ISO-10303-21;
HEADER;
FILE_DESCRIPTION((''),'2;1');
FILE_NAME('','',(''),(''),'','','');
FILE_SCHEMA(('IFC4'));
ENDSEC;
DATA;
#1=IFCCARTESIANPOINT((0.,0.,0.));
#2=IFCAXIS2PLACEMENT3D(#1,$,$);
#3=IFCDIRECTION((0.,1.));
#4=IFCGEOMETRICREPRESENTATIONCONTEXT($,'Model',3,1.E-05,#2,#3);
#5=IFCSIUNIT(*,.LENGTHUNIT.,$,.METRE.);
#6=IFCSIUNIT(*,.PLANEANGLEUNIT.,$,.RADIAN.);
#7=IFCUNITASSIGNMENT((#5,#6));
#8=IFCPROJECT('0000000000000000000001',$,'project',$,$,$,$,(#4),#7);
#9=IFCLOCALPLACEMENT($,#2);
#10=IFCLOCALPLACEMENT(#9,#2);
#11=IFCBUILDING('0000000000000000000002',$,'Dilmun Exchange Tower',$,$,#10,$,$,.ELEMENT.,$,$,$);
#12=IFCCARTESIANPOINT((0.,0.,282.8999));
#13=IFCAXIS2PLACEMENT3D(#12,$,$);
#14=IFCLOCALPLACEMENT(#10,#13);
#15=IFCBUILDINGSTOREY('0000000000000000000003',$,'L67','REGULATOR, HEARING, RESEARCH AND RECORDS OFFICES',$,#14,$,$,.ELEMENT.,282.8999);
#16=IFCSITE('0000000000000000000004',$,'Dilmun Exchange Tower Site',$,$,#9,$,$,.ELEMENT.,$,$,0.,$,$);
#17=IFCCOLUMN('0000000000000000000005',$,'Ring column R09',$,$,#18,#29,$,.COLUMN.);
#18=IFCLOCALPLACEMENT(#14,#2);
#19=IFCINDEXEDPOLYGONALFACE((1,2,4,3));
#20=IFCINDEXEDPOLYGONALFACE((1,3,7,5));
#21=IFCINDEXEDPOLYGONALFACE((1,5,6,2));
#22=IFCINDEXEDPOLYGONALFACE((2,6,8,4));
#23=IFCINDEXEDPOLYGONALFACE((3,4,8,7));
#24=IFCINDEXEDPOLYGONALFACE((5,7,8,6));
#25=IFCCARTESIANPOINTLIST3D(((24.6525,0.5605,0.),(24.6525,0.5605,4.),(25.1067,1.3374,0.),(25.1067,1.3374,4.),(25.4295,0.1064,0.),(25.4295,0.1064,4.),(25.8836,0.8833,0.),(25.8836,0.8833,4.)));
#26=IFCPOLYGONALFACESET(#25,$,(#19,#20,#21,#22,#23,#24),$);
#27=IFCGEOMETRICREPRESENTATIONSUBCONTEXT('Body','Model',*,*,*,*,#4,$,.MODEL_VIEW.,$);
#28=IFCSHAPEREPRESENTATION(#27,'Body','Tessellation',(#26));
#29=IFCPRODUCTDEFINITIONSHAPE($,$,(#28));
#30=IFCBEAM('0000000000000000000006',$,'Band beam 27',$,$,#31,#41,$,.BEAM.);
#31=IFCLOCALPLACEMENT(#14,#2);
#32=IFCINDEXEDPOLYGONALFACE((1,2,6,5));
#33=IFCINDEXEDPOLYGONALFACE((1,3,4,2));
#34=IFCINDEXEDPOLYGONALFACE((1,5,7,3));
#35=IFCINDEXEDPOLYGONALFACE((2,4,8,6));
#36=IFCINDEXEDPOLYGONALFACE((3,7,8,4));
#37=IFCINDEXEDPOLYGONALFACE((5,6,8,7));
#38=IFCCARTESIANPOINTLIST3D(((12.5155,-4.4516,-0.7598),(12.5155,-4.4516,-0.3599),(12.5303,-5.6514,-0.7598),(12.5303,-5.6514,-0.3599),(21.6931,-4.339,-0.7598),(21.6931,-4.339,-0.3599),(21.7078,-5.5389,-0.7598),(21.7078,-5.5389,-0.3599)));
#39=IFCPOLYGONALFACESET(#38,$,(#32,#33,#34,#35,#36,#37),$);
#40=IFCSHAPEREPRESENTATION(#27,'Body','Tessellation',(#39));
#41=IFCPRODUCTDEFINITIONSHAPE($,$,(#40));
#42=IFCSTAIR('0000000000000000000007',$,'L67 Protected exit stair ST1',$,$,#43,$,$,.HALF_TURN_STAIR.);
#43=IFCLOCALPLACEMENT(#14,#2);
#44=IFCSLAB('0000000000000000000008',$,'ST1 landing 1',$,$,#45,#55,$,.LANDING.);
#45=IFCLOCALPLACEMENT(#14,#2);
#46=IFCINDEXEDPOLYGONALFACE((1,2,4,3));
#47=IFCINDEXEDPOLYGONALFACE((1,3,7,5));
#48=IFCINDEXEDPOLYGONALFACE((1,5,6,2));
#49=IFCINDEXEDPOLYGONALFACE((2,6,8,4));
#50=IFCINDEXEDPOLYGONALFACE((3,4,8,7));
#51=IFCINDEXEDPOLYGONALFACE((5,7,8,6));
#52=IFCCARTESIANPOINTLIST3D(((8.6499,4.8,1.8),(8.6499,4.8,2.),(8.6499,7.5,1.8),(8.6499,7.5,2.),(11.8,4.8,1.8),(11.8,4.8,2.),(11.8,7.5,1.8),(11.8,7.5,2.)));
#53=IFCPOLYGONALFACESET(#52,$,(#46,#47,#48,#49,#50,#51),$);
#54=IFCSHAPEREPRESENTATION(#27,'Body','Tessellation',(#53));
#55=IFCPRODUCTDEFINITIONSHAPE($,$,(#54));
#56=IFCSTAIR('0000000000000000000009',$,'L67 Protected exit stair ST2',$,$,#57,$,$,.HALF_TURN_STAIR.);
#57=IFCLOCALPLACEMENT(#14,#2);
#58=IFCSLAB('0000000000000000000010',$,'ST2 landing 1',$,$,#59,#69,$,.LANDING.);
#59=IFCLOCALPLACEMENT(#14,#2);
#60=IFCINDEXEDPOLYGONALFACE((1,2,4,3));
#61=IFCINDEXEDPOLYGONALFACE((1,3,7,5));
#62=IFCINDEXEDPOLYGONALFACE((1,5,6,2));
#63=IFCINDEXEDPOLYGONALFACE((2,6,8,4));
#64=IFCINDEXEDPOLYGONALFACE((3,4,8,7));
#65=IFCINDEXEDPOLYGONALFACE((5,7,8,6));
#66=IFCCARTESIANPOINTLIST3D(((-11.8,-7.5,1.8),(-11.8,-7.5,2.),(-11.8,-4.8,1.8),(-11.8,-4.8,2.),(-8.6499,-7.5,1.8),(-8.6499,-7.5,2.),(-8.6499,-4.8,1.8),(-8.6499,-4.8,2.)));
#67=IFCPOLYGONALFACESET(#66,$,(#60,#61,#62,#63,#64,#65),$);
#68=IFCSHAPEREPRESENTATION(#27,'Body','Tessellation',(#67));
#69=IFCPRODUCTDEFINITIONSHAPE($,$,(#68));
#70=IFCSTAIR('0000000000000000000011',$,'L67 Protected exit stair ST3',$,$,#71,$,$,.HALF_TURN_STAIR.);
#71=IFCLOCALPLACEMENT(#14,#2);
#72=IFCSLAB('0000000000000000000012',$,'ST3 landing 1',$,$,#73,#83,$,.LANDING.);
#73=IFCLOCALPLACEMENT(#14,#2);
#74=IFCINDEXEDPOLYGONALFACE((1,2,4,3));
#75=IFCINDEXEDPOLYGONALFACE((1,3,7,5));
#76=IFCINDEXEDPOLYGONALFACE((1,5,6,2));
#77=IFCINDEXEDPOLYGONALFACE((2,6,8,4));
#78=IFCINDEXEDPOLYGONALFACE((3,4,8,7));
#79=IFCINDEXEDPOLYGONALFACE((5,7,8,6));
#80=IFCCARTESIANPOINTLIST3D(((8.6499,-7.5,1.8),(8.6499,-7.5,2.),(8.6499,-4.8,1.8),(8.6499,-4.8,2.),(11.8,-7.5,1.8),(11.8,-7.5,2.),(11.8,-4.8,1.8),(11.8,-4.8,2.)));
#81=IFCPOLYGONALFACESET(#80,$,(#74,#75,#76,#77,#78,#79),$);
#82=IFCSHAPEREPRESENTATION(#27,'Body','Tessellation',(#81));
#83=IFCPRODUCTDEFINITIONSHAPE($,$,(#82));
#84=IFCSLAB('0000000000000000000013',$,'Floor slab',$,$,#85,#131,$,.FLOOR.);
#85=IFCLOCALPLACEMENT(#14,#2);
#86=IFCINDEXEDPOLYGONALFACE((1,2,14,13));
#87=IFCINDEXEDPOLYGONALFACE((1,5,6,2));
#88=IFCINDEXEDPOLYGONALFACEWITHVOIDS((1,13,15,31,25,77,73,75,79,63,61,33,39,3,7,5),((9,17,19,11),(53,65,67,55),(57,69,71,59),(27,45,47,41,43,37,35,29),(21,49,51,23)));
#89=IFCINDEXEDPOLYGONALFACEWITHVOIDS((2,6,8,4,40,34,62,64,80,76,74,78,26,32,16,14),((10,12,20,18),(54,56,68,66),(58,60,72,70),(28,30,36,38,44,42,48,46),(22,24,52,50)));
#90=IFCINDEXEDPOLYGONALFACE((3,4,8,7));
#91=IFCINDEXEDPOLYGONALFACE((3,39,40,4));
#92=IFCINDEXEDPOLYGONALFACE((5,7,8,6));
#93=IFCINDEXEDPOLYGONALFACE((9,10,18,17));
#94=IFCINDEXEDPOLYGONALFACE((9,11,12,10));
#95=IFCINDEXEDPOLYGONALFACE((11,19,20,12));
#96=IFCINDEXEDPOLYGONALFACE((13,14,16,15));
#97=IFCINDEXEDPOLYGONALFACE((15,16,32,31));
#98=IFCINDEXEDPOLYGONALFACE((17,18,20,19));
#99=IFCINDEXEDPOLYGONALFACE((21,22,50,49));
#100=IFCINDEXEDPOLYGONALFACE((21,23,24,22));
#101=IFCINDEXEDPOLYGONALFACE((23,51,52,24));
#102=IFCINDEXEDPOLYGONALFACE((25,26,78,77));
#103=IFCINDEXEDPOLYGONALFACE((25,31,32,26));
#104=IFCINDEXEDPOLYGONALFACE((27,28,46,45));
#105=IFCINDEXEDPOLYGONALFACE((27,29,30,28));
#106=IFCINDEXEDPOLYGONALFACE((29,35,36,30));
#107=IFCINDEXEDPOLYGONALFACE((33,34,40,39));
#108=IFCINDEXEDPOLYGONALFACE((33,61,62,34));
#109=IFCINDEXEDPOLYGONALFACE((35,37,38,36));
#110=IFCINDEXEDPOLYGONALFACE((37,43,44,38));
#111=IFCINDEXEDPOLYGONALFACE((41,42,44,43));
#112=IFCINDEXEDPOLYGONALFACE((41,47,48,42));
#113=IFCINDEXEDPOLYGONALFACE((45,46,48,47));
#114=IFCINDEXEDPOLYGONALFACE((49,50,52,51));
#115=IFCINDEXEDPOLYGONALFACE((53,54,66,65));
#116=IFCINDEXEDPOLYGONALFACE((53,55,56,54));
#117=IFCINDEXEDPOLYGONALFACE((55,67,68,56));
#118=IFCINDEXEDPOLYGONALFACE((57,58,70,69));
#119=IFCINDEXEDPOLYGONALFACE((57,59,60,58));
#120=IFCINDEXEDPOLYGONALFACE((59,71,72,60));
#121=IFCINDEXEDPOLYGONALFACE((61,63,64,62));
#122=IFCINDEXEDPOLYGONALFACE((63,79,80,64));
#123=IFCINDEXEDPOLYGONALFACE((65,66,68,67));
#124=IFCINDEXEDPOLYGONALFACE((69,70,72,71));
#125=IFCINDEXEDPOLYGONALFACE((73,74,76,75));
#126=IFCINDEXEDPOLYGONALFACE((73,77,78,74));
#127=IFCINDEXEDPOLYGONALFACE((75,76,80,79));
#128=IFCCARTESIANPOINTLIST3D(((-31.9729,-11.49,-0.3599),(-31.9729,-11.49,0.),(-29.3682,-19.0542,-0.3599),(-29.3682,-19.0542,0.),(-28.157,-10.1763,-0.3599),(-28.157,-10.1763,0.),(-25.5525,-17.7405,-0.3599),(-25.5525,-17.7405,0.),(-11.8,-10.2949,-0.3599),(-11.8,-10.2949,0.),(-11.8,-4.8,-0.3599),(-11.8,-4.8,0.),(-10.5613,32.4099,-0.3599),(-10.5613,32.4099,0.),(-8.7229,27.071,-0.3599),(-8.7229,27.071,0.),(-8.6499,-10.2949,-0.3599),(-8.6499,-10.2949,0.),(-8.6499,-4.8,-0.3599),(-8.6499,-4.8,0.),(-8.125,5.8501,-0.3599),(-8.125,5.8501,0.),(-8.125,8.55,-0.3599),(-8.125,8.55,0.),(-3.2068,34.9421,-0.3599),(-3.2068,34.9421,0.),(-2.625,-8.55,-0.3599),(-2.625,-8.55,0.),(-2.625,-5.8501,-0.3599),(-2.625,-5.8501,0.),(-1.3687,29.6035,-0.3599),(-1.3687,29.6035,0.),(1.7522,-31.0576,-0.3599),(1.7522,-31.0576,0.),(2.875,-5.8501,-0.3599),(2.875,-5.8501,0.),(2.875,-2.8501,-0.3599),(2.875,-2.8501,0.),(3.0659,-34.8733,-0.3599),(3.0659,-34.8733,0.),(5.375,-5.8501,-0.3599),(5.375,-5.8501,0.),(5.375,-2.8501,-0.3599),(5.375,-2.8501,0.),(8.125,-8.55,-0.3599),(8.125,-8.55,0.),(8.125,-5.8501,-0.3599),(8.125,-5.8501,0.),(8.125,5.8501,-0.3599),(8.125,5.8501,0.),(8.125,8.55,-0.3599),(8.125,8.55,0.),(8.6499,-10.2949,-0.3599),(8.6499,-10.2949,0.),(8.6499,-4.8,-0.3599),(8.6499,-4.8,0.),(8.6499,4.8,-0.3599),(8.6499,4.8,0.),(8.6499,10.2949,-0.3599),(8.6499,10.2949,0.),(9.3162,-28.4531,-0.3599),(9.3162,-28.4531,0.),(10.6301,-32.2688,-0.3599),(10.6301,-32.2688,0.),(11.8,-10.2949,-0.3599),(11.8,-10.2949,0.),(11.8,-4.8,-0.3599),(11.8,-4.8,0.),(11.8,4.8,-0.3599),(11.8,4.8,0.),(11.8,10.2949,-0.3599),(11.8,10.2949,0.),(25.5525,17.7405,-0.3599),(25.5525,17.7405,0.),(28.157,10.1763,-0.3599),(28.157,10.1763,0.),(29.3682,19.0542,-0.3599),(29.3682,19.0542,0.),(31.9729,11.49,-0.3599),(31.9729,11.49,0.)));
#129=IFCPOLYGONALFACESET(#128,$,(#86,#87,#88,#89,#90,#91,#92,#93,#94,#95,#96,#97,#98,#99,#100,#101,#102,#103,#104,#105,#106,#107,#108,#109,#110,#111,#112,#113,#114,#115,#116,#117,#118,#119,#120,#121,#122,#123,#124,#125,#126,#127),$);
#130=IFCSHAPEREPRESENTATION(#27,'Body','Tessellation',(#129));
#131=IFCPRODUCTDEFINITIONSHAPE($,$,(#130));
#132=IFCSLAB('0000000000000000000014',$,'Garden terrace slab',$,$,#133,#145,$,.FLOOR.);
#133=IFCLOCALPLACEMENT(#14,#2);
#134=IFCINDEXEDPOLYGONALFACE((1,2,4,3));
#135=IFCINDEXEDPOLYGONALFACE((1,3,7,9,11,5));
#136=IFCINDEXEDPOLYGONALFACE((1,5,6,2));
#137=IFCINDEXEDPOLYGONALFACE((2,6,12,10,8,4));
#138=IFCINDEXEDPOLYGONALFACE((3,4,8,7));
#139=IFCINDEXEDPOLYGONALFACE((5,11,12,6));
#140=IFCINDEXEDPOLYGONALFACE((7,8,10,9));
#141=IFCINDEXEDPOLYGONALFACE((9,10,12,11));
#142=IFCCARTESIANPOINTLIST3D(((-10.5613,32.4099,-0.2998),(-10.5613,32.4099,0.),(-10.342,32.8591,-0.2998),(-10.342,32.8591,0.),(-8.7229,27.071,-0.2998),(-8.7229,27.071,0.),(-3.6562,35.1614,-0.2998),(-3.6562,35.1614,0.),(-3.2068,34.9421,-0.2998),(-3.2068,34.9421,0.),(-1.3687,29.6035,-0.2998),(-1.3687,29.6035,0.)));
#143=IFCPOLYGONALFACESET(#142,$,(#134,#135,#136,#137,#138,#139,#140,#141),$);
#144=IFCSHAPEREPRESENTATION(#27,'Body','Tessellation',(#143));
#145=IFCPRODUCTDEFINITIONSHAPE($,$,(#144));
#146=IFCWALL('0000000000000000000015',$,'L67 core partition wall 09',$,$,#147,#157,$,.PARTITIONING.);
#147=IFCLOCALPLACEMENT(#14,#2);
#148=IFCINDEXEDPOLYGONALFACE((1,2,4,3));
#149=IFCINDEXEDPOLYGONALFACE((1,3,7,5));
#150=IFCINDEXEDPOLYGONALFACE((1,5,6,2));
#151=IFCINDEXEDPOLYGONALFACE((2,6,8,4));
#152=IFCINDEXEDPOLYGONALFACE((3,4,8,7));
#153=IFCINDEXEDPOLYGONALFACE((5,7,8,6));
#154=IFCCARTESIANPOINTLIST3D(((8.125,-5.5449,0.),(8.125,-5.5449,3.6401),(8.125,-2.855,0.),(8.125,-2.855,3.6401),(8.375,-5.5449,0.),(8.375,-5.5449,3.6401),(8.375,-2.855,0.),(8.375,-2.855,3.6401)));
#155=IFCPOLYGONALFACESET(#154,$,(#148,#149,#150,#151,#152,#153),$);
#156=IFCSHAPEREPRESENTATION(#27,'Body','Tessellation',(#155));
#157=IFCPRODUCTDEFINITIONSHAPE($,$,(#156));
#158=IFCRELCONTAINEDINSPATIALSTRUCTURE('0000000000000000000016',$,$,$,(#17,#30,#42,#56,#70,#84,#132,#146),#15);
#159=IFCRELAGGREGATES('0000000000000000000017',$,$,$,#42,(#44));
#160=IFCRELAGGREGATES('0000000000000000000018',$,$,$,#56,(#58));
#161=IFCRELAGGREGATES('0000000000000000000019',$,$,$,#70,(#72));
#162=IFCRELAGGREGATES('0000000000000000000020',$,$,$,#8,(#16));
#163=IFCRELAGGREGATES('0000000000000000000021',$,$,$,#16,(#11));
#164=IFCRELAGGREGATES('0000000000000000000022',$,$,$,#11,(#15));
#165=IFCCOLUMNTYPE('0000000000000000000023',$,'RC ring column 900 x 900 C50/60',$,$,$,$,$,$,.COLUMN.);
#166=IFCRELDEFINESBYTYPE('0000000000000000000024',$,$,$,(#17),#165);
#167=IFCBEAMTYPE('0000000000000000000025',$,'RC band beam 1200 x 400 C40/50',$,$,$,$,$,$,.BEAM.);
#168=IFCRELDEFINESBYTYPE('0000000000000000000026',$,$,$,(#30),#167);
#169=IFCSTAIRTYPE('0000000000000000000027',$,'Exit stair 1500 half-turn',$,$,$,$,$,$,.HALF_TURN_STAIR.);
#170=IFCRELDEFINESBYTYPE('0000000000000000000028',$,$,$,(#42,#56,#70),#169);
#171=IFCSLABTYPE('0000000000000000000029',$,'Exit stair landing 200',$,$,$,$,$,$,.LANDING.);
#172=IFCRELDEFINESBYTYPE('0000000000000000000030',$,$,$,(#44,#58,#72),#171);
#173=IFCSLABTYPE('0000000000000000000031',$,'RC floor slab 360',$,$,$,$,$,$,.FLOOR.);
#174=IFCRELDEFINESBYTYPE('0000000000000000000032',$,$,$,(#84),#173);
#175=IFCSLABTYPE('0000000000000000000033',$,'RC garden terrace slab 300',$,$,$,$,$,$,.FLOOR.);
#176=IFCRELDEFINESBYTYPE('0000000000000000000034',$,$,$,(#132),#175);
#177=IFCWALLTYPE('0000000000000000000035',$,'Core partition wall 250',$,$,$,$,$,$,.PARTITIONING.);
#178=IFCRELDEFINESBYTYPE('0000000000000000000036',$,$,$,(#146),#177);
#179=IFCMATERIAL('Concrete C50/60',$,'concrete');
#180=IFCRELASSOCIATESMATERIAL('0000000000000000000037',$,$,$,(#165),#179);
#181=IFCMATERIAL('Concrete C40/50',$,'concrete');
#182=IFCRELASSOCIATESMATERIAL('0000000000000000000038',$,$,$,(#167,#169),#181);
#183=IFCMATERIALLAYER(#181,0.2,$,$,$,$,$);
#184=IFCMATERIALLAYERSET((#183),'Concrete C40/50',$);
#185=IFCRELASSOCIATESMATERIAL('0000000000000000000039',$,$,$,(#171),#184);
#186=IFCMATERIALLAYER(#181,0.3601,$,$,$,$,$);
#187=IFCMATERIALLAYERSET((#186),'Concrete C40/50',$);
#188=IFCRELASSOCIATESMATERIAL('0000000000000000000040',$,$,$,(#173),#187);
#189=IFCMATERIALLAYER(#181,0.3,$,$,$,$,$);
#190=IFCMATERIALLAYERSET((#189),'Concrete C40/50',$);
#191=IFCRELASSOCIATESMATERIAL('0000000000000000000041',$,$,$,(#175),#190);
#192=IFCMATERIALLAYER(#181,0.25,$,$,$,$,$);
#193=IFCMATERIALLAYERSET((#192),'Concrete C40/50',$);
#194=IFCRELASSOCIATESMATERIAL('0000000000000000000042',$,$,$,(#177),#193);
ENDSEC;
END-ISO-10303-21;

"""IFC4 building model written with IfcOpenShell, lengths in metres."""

from ifc_helpers import new_model, si_unit, direction, frame, frame_2d, origin, origin_2d, place, context, subcontext, project, spatial, polyline, rectangle, outline, extrude, material, layer, layer_set, material_profile, profile_set, type_object, element, aggregate, save


model = new_model("IFC4")

# Units and contexts
model_context = context("Model", 3, precision=1e-05, world=origin(), true_north=direction((0.0, 1.0)))
body_context = subcontext(model_context, "Body", "Model", "MODEL_VIEW")
ifc_project = project(units=[si_unit("LENGTHUNIT", "METRE"), si_unit("PLANEANGLEUNIT", "RADIAN")], contexts=[model_context])

# Site, building, storey
site_placement = place(None, origin())
site = spatial("IfcSite", under=ifc_project, at=site_placement, Name="Dilmun Exchange Tower Site", CompositionType="ELEMENT", RefElevation=0.0)
building_placement = place(site_placement, origin())
building = spatial("IfcBuilding", under=site, at=building_placement, Name="Dilmun Exchange Tower", CompositionType="ELEMENT")
storey_placement = place(building_placement, frame((0.0, 0.0, 282.8999)))
storey = spatial("IfcBuildingStorey", under=building, at=storey_placement, Name="L67", Description="REGULATOR, HEARING, RESEARCH AND RECORDS OFFICES", CompositionType="ELEMENT", Elevation=282.8999)

# Column
ifc_material_1 = material(Name="Concrete C50/60", Category="concrete")
ifc_material_profile_1 = material_profile(ifc_material_1, rectangle(XDim=0.8999, YDim=0.8999, at=origin_2d()), Name="900 x 900")
ifc_profile_set_1 = profile_set([ifc_material_profile_1], Name="Concrete C50/60")
column_type = type_object("IfcColumnType", Name="RC ring column 900 x 900 C50/60", PredefinedType="COLUMN", material=ifc_profile_set_1)
column_placement = place(storey_placement, frame((25.2681, 0.7219, 0.0), z_axis=(0.0, 0.0, 1.0), x_axis=(0.504644, 0.863328, 0.0)))
element("IfcColumn", 1, at=column_placement, inside=storey, type_object=column_type, Name="Ring column R09", PredefinedType="COLUMN", context=body_context, shape_type="SweptSolid", body=[
    extrude(rectangle(XDim=0.8999, YDim=0.8999, at=origin_2d()), origin(), (0.0, 0.0, 1.0), 4.0),
])

# Beam
ifc_material_2 = material(Name="Concrete C40/50", Category="concrete")
ifc_material_profile_2 = material_profile(ifc_material_2, rectangle(XDim=1.2, YDim=0.3999, at=origin_2d()), Name="1200 x 400")
ifc_profile_set_2 = profile_set([ifc_material_profile_2], Name="Concrete C40/50")
beam_type = type_object("IfcBeamType", Name="RC band beam 1200 x 400 C40/50", PredefinedType="BEAM", material=ifc_profile_set_2)
beam_placement = place(storey_placement, frame((21.7004, -4.939, -0.5598), z_axis=(-0.999925, -0.012263, 0.0), x_axis=(0.012263, -0.999925, 0.0)))
element("IfcBeam", 2, at=beam_placement, inside=storey, type_object=beam_type, Name="Band beam 27", PredefinedType="BEAM", context=body_context, shape_type="SweptSolid", body=[
    extrude(rectangle(XDim=1.2, YDim=0.3999, at=origin_2d()), origin(), (0.0, 0.0, 1.0), 9.1782),
])

# Stairs, slabs
stair_type = type_object("IfcStairType", Name="Exit stair 1500 half-turn", PredefinedType="HALF_TURN_STAIR", material=ifc_material_2)
stair_1_placement = place(storey_placement, origin())
stair_1 = element("IfcStair", 3, at=stair_1_placement, inside=storey, type_object=stair_type, Name="L67 Protected exit stair ST1", PredefinedType="HALF_TURN_STAIR")
ifc_layer_1 = layer(ifc_material_2, 0.2)
ifc_layer_set_1 = layer_set([ifc_layer_1], Name="Concrete C40/50")
slab_type_1 = type_object("IfcSlabType", Name="Exit stair landing 200", PredefinedType="LANDING", material=ifc_layer_set_1)
slab_1_placement = place(storey_placement, frame((0.0, 0.0, 1.8)))
slab_1 = element("IfcSlab", 4, at=slab_1_placement, type_object=slab_type_1, Name="ST1 landing 1", PredefinedType="LANDING", context=body_context, shape_type="SweptSolid", body=[
    extrude(outline(polyline([(8.6499, 7.5), (8.6499, 4.8), (11.8, 4.8), (11.8, 7.5), (8.6499, 7.5)])), origin(), (0.0, 0.0, 1.0), 0.2),
])
aggregate(stair_1, [slab_1])
stair_2_placement = place(storey_placement, origin())
stair_2 = element("IfcStair", 5, at=stair_2_placement, inside=storey, type_object=stair_type, Name="L67 Protected exit stair ST2", PredefinedType="HALF_TURN_STAIR")
slab_2_placement = place(storey_placement, frame((0.0, 0.0, 1.8)))
slab_2 = element("IfcSlab", 6, at=slab_2_placement, type_object=slab_type_1, Name="ST2 landing 1", PredefinedType="LANDING", context=body_context, shape_type="SweptSolid", body=[
    extrude(outline(polyline([(-8.6499, -7.5), (-8.6499, -4.8), (-11.8, -4.8), (-11.8, -7.5), (-8.6499, -7.5)])), origin(), (0.0, 0.0, 1.0), 0.2),
])
aggregate(stair_2, [slab_2])
stair_3_placement = place(storey_placement, origin())
stair_3 = element("IfcStair", 7, at=stair_3_placement, inside=storey, type_object=stair_type, Name="L67 Protected exit stair ST3", PredefinedType="HALF_TURN_STAIR")
slab_3_placement = place(storey_placement, frame((0.0, 0.0, 1.8)))
slab_3 = element("IfcSlab", 8, at=slab_3_placement, type_object=slab_type_1, Name="ST3 landing 1", PredefinedType="LANDING", context=body_context, shape_type="SweptSolid", body=[
    extrude(outline(polyline([(11.8, -7.5), (11.8, -4.8), (8.6499, -4.8), (8.6499, -7.5), (11.8, -7.5)])), origin(), (0.0, 0.0, 1.0), 0.2),
])
aggregate(stair_3, [slab_3])

# Slabs
ifc_layer_2 = layer(ifc_material_2, 0.3601)
ifc_layer_set_2 = layer_set([ifc_layer_2], Name="Concrete C40/50")
slab_type_2 = type_object("IfcSlabType", Name="RC floor slab 360", PredefinedType="FLOOR", material=ifc_layer_set_2)
slab_4_placement = place(storey_placement, frame((0.0, 0.0, -0.3599)))
element("IfcSlab", 9, at=slab_4_placement, inside=storey, type_object=slab_type_2, Name="Floor slab", PredefinedType="FLOOR", context=body_context, shape_type="SweptSolid", body=[
    extrude(outline(polyline([(25.5525, 17.7405), (28.157, 10.1763), (31.9729, 11.49), (10.6301, -32.2688), (9.3162, -28.4531), (1.7522, -31.0576), (3.0659, -34.8733), (-29.3682, -19.0542), (-25.5525, -17.7405), (-28.157, -10.1763), (-31.9729, -11.49), (-10.5613, 32.4099), (-8.7229, 27.071), (-1.3687, 29.6035), (-3.2068, 34.9421), (29.3682, 19.0542), (25.5525, 17.7405)]), holes=[polyline([(-8.6499, -4.8), (-11.8, -4.8), (-11.8, -10.2949), (-8.6499, -10.2949), (-8.6499, -4.8)]), polyline([(11.8, -4.8), (8.6499, -4.8), (8.6499, -10.2949), (11.8, -10.2949), (11.8, -4.8)]), polyline([(2.875, -5.8501), (-2.625, -5.8501), (-2.625, -8.55), (8.125, -8.55), (8.125, -5.8501), (5.375, -5.8501), (5.375, -2.8501), (2.875, -2.8501), (2.875, -5.8501)]), polyline([(8.125, 5.8501), (8.125, 8.55), (-8.125, 8.55), (-8.125, 5.8501), (8.125, 5.8501)]), polyline([(8.6499, 10.2949), (8.6499, 4.8), (11.8, 4.8), (11.8, 10.2949), (8.6499, 10.2949)])]), origin(), (0.0, 0.0, 1.0), 0.3599),
])
ifc_layer_3 = layer(ifc_material_2, 0.3)
ifc_layer_set_3 = layer_set([ifc_layer_3], Name="Concrete C40/50")
slab_type_3 = type_object("IfcSlabType", Name="RC garden terrace slab 300", PredefinedType="FLOOR", material=ifc_layer_set_3)
slab_5_placement = place(storey_placement, frame((0.0, 0.0, -0.2998)))
element("IfcSlab", 10, at=slab_5_placement, inside=storey, type_object=slab_type_3, Name="Garden terrace slab", PredefinedType="FLOOR", context=body_context, shape_type="SweptSolid", body=[
    extrude(outline(polyline([(-8.7229, 27.071), (-10.5613, 32.4099), (-10.342, 32.8591), (-3.6562, 35.1614), (-3.2068, 34.9421), (-1.3687, 29.6035), (-8.7229, 27.071)])), origin(), (0.0, 0.0, 1.0), 0.2998),
])

# Wall
ifc_layer_4 = layer(ifc_material_2, 0.25)
ifc_layer_set_4 = layer_set([ifc_layer_4], Name="Concrete C40/50")
wall_type_1 = type_object("IfcWallType", Name="Core partition wall 250", PredefinedType="PARTITIONING", material=ifc_layer_set_4)
wall_1_placement = place(storey_placement, frame((8.25, -5.5449, 0.0), z_axis=(0.0, 0.0, 1.0), x_axis=(0.0, 1.0, 0.0)))
element("IfcWall", 11, at=wall_1_placement, inside=storey, type_object=wall_type_1, Name="L67 core partition wall 09", PredefinedType="PARTITIONING", context=body_context, shape_type="SweptSolid", body=[
    extrude(rectangle(XDim=2.6899, YDim=0.25, at=frame_2d((1.345, 0.0))), origin(), (0.0, 0.0, 1.0), 3.6401),
])

save(model, "model.ifc")
